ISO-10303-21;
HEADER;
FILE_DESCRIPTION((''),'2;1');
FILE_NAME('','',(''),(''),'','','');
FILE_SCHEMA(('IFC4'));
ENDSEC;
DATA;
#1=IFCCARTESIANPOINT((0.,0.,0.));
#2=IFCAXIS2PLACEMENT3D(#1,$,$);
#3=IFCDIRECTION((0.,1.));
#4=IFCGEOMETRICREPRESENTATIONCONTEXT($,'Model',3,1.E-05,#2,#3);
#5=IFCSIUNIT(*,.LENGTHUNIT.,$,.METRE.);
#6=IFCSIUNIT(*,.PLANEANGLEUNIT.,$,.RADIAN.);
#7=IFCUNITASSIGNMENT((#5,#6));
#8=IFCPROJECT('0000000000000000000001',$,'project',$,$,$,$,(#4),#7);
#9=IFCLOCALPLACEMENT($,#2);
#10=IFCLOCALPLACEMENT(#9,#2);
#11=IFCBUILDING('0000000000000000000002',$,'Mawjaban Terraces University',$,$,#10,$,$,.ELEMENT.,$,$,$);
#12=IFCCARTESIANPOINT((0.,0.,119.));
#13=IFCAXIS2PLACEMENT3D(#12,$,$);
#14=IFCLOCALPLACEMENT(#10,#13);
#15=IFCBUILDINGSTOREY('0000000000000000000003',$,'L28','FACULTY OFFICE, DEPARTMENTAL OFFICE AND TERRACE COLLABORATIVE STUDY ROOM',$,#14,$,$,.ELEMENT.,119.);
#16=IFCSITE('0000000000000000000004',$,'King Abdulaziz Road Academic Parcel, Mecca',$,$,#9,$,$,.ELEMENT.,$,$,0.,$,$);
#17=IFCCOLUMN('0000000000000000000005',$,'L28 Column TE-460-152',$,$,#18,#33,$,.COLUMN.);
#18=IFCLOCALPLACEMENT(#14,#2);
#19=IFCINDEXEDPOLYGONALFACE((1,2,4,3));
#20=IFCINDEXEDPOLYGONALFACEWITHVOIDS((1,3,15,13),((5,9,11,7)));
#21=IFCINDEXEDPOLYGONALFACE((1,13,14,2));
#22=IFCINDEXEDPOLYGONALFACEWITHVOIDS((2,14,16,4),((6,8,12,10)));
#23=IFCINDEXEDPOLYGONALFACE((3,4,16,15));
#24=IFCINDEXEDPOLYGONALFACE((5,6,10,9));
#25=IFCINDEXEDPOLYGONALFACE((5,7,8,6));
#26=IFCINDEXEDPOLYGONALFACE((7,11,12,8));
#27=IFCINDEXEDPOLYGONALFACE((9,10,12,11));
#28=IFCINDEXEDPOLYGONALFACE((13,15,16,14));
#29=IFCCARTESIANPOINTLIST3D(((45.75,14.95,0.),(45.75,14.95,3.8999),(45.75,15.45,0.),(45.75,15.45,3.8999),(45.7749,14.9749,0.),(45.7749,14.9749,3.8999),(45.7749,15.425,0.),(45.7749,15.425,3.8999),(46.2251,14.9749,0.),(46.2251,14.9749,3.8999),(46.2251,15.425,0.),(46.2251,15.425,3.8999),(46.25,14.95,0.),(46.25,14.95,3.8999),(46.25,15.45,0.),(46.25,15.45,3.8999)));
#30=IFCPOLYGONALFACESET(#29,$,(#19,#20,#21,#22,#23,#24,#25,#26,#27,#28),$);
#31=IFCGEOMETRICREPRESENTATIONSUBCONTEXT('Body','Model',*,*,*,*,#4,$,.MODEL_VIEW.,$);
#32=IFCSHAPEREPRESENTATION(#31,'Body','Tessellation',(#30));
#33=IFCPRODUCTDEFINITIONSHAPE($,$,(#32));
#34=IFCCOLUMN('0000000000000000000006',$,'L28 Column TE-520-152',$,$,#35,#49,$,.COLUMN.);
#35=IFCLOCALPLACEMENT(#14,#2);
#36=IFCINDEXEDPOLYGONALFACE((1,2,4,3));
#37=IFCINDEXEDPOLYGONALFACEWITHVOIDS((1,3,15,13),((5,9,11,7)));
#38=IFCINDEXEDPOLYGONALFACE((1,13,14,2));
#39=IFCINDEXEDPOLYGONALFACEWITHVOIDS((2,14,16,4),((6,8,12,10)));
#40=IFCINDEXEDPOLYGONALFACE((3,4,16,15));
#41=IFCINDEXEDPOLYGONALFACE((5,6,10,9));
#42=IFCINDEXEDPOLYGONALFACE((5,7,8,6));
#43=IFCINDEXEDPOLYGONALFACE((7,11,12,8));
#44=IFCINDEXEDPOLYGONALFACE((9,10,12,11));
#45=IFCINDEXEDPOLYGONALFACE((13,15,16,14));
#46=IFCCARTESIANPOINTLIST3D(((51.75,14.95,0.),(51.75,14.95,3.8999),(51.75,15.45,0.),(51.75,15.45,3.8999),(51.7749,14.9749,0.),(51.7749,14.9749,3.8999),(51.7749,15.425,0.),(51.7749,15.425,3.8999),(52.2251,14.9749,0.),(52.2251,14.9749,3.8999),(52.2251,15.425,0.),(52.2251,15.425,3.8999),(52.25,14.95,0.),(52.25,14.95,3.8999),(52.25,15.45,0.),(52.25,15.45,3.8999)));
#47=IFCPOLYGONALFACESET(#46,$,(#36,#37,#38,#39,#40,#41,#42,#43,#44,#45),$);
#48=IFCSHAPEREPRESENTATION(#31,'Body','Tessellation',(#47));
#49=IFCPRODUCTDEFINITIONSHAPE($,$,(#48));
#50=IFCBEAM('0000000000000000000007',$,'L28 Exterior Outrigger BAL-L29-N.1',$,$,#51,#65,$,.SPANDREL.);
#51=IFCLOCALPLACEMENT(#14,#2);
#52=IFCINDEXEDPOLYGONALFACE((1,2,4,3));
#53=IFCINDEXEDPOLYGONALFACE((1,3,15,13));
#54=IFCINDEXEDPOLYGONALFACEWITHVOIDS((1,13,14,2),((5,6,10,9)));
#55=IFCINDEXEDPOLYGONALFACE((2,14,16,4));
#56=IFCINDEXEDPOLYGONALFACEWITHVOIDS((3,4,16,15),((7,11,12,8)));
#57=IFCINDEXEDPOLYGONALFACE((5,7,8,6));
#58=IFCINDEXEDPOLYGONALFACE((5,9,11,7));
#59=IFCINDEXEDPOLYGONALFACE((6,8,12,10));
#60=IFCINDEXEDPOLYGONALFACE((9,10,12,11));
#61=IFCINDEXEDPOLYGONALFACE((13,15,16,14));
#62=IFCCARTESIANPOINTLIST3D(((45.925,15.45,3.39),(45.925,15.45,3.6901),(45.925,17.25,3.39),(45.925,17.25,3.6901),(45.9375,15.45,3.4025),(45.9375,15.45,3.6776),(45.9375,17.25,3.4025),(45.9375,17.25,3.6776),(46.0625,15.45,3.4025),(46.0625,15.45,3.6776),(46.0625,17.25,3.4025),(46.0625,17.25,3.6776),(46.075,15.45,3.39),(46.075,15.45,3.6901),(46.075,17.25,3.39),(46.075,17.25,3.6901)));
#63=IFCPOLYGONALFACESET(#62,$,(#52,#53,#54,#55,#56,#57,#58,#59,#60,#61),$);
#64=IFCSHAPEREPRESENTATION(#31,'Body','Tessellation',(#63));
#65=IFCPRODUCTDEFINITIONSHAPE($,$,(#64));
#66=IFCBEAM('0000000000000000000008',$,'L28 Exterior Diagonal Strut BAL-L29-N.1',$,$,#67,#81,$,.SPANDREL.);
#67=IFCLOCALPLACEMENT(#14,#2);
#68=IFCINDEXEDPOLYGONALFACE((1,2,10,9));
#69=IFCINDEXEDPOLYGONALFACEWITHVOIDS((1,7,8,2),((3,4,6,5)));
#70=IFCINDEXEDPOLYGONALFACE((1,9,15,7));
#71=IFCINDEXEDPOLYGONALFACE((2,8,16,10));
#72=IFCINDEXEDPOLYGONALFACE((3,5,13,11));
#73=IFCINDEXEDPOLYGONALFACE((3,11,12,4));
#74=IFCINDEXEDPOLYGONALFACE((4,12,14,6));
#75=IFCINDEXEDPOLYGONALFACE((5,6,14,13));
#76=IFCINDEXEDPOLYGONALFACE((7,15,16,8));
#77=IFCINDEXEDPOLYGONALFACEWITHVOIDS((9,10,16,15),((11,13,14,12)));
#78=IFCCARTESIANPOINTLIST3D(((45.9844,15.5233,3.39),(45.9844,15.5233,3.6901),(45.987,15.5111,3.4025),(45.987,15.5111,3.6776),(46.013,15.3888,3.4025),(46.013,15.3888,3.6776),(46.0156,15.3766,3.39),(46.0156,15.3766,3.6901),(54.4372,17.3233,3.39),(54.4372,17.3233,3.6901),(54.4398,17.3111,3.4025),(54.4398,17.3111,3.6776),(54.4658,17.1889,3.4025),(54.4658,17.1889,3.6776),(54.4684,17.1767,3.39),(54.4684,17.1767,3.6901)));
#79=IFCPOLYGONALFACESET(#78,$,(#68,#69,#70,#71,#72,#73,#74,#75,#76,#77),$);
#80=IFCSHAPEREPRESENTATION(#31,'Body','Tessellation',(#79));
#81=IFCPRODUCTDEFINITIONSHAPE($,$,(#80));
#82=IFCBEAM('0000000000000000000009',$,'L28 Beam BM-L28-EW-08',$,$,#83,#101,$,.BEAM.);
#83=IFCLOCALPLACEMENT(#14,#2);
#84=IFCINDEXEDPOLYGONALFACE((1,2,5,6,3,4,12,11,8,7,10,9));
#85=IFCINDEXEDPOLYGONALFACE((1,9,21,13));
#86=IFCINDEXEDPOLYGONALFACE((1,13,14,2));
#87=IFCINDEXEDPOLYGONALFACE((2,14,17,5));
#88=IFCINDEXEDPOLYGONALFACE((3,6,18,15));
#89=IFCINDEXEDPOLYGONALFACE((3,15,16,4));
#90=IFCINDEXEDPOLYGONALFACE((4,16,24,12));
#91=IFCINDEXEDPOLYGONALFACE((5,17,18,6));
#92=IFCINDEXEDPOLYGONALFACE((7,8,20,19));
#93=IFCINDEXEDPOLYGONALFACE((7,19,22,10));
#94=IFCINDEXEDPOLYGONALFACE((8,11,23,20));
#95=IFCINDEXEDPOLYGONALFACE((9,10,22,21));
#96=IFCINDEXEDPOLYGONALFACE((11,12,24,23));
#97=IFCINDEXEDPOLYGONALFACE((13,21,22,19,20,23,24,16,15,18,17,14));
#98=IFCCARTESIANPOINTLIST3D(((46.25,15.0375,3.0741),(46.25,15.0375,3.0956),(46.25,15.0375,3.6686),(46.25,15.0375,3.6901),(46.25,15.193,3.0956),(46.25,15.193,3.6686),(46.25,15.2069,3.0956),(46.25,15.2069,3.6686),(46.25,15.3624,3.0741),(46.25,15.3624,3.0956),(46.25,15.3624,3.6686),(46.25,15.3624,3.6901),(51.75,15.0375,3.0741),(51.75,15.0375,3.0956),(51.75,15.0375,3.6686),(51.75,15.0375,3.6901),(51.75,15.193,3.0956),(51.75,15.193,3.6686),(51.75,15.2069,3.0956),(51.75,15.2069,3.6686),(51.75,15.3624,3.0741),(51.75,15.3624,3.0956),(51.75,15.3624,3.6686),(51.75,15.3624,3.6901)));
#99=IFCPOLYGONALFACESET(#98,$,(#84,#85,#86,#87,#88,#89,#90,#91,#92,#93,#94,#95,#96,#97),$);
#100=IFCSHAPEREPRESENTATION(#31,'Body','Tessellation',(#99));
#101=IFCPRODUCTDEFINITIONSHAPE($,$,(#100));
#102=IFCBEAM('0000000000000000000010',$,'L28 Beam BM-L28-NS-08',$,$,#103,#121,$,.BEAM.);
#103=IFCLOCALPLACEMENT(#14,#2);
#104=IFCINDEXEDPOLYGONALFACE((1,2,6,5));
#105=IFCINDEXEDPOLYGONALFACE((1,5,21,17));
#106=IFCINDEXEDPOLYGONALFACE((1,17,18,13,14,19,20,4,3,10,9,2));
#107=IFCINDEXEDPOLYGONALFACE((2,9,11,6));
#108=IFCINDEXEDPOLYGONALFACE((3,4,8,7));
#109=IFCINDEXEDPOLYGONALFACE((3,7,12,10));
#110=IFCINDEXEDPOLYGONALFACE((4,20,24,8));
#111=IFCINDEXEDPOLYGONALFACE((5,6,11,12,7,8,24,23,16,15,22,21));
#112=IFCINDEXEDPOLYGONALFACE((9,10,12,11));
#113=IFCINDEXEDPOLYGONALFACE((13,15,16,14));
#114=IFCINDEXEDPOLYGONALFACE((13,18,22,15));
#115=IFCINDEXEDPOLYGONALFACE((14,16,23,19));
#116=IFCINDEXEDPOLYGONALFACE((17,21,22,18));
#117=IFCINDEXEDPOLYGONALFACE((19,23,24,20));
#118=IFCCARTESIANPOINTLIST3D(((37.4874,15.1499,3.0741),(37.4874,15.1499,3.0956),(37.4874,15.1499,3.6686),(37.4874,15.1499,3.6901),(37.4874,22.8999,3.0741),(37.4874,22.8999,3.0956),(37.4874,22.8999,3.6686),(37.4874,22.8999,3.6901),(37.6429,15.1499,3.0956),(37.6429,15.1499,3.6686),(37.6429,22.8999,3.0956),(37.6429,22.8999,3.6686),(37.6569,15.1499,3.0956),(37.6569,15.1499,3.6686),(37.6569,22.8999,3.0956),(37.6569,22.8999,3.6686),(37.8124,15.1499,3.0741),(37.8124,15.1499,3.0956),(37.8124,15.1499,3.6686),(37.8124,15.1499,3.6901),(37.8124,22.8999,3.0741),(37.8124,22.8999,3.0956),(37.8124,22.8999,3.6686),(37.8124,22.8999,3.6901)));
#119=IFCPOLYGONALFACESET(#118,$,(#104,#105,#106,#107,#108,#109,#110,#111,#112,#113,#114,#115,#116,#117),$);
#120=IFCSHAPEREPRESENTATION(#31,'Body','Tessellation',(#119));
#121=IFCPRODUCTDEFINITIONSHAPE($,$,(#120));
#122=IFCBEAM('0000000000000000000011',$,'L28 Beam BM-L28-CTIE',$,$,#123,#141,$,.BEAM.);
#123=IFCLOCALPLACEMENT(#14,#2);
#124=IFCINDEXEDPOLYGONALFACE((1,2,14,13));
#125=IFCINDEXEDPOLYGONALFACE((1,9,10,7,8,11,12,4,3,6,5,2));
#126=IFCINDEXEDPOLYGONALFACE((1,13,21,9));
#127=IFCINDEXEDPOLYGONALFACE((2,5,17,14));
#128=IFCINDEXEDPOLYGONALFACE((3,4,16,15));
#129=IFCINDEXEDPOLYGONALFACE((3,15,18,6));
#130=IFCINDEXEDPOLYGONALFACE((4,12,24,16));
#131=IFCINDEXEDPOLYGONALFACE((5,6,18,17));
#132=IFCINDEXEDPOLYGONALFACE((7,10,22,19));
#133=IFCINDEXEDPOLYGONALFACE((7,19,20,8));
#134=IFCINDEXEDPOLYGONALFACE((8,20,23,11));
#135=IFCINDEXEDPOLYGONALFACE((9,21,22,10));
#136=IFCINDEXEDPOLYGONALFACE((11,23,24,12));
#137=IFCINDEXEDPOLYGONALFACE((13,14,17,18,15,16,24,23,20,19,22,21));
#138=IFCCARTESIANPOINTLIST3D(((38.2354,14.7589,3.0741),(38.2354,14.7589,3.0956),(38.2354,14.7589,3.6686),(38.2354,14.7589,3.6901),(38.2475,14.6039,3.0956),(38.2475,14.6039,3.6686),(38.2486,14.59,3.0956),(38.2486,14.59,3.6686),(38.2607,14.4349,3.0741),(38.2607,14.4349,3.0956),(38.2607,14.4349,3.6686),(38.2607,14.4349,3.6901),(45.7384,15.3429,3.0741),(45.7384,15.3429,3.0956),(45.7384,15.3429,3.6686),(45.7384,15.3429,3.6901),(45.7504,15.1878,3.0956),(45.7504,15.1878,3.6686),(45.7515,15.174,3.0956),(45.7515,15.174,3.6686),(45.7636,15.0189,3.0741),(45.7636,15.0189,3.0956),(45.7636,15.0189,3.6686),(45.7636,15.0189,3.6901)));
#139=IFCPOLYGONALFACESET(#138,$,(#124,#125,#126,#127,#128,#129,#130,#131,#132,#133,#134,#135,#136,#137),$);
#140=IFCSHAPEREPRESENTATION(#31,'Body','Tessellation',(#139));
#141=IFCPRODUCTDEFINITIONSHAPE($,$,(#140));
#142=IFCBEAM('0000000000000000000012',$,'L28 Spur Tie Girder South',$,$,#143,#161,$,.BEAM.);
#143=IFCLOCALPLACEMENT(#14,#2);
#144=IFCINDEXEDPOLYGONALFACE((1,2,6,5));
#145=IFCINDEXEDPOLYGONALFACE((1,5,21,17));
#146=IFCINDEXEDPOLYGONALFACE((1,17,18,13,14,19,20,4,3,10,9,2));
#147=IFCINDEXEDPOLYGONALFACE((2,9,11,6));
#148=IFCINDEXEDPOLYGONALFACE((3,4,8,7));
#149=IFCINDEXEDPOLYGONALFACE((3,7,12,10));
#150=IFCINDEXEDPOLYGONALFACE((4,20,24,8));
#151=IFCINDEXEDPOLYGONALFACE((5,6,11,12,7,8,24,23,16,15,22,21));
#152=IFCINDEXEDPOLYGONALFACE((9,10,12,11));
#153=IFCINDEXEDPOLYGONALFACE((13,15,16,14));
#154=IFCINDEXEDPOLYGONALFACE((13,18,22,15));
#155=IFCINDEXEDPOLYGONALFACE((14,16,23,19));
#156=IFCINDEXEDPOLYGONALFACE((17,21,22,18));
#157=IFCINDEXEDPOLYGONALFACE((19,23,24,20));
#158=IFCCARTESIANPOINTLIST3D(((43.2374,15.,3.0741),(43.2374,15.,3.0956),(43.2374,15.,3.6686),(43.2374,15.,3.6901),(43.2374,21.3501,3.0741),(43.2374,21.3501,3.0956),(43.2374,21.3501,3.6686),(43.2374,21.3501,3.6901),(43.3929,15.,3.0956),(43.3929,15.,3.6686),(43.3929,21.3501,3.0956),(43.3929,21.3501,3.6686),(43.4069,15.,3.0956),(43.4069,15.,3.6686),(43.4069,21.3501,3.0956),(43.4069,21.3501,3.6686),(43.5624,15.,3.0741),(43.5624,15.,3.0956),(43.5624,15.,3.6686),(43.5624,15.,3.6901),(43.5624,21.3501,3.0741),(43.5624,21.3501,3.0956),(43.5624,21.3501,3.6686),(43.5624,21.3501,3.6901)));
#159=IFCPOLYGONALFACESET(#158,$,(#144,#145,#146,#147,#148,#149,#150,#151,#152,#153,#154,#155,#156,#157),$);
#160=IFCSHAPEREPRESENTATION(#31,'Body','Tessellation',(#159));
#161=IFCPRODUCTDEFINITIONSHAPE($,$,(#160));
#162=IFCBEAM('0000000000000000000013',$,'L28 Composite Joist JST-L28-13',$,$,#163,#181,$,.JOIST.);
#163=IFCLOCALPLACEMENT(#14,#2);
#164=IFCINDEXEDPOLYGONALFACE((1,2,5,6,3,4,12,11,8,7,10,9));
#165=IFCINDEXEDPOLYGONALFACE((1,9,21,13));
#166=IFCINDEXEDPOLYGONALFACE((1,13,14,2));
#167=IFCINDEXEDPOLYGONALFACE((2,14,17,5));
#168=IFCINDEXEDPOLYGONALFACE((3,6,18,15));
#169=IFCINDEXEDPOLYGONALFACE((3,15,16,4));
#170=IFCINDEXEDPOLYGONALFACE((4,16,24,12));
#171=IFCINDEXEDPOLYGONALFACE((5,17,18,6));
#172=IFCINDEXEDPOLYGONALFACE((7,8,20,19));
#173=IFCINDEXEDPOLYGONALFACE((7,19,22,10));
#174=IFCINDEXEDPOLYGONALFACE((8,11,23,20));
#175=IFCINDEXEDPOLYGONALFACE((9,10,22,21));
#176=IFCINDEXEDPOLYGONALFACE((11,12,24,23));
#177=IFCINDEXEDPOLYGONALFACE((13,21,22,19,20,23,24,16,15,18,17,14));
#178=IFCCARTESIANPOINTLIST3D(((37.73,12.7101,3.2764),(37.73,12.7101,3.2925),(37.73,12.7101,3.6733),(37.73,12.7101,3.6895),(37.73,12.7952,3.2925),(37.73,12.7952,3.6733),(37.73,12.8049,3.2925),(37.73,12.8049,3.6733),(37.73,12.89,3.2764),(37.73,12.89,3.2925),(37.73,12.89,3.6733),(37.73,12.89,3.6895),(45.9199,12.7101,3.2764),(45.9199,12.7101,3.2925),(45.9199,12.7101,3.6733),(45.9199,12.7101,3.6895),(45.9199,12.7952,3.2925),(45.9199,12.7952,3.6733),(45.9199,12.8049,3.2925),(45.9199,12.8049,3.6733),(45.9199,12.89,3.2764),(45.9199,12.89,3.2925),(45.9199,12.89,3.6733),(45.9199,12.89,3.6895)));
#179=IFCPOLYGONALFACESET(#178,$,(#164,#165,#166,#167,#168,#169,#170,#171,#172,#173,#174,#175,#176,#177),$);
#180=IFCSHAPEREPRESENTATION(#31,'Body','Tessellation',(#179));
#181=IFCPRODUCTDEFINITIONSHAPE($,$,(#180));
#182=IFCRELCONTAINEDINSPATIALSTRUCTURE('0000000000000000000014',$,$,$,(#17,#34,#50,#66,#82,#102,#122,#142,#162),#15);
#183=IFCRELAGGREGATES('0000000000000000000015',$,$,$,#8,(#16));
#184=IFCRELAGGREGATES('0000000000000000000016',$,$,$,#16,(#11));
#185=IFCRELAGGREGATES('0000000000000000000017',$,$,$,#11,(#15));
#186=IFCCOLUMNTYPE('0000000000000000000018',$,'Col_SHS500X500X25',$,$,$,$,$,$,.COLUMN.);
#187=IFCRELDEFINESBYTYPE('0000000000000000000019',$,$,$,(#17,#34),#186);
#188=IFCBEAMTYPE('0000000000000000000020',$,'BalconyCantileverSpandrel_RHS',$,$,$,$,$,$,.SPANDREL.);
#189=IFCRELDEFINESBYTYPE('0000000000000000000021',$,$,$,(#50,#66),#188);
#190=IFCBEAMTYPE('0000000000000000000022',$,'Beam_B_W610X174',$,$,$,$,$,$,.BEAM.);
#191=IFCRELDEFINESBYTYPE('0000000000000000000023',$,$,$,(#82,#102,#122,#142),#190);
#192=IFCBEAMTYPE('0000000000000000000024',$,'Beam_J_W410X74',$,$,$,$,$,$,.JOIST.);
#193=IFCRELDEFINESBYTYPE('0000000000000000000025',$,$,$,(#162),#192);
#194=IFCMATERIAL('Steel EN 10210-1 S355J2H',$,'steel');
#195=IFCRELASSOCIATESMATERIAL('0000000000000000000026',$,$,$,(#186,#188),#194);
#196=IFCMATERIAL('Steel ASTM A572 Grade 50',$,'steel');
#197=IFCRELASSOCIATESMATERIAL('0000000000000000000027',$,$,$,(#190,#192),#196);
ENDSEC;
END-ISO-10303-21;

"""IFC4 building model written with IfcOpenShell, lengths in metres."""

from ifc_helpers import new_model, si_unit, direction, frame, origin, origin_2d, place, context, subcontext, project, spatial, hollow_rectangle, i_section, extrude, material, material_profile, profile_set, type_object, element, save


model = new_model("IFC4")

# Units and contexts
model_context = context("Model", 3, precision=1e-05, world=origin(), true_north=direction((0.0, 1.0)))
body_context = subcontext(model_context, "Body", "Model", "MODEL_VIEW")
ifc_project = project(units=[si_unit("LENGTHUNIT", "METRE"), si_unit("PLANEANGLEUNIT", "RADIAN")], contexts=[model_context])

# Site, building, storey
site_placement = place(None, origin())
site = spatial("IfcSite", under=ifc_project, at=site_placement, Name="King Abdulaziz Road Academic Parcel, Mecca", CompositionType="ELEMENT", RefElevation=0.0)
building_placement = place(site_placement, origin())
building = spatial("IfcBuilding", under=site, at=building_placement, Name="Mawjaban Terraces University", CompositionType="ELEMENT")
storey_placement = place(building_placement, frame((0.0, 0.0, 119.0)))
storey = spatial("IfcBuildingStorey", under=building, at=storey_placement, Name="L28", Description="FACULTY OFFICE, DEPARTMENTAL OFFICE AND TERRACE COLLABORATIVE STUDY ROOM", CompositionType="ELEMENT", Elevation=119.0)

# Columns
ifc_material_1 = material(Name="Steel EN 10210-1 S355J2H", Category="steel")
ifc_material_profile_1 = material_profile(ifc_material_1, hollow_rectangle(XDim=0.5, YDim=0.5, WallThickness=0.0249, at=origin_2d()), Name="SHS500X500X25")
ifc_profile_set_1 = profile_set([ifc_material_profile_1], Name="Steel EN 10210-1 S355J2H")
column_type = type_object("IfcColumnType", Name="Col_SHS500X500X25", PredefinedType="COLUMN", material=ifc_profile_set_1)
for number, where, z_axis, x_axis, name in (
    (1, (46.0, 15.2, 0.0), (0.0, 0.0, 1.0), (1.0, 0.0, 0.0), "L28 Column TE-460-152"),
    (2, (52.0, 15.2, 0.0), (0.0, 0.0, 1.0), (1.0, 0.0, 0.0), "L28 Column TE-520-152"),
):
    element("IfcColumn", number, at=place(storey_placement, frame(where, z_axis=z_axis, x_axis=x_axis)), inside=storey, type_object=column_type, Name=name, PredefinedType="COLUMN", context=body_context, shape_type="SweptSolid", body=[
        extrude(hollow_rectangle(XDim=0.5, YDim=0.5, WallThickness=0.0249, at=origin_2d()), origin(), (0.0, 0.0, 1.0), 3.8999),
    ])

# Beams
ifc_material_profile_2 = material_profile(ifc_material_1, hollow_rectangle(XDim=0.1499, YDim=0.3, WallThickness=0.0125, at=origin_2d()), Name="RHS300X150X12.5")
ifc_profile_set_2 = profile_set([ifc_material_profile_2], Name="Steel EN 10210-1 S355J2H")
beam_type_1 = type_object("IfcBeamType", Name="BalconyCantileverSpandrel_RHS", PredefinedType="SPANDREL", material=ifc_profile_set_2)
beam_1_placement = place(storey_placement, frame((46.0, 15.45, 3.54), z_axis=(0.0, 1.0, 0.0), x_axis=(-1.0, 0.0, 0.0)))
element("IfcBeam", 3, at=beam_1_placement, inside=storey, type_object=beam_type_1, Name="L28 Exterior Outrigger BAL-L29-N.1", PredefinedType="SPANDREL", context=body_context, shape_type="SweptSolid", body=[
    extrude(hollow_rectangle(XDim=0.1499, YDim=0.3, WallThickness=0.0125, at=origin_2d()), origin(), (0.0, 0.0, 1.0), 1.8),
])
beam_2_placement = place(storey_placement, frame((46.0, 15.45, 3.54), z_axis=(0.978069, 0.208281, 0.0), x_axis=(-0.208281, 0.978069, 0.0)))
element("IfcBeam", 4, at=beam_2_placement, inside=storey, type_object=beam_type_1, Name="L28 Exterior Diagonal Strut BAL-L29-N.1", PredefinedType="SPANDREL", context=body_context, shape_type="SweptSolid", body=[
    extrude(hollow_rectangle(XDim=0.1499, YDim=0.3, WallThickness=0.0125, at=origin_2d()), origin(), (0.0, 0.0, 1.0), 8.6423),
])
ifc_material_2 = material(Name="Steel ASTM A572 Grade 50", Category="steel")
ifc_material_profile_3 = material_profile(ifc_material_2, i_section(OverallWidth=0.325, OverallDepth=0.616, WebThickness=0.0139, FlangeThickness=0.0215, at=origin_2d()), Name="W610X174")
ifc_profile_set_3 = profile_set([ifc_material_profile_3], Name="Steel ASTM A572 Grade 50")
beam_type_2 = type_object("IfcBeamType", Name="Beam_B_W610X174", PredefinedType="BEAM", material=ifc_profile_set_3)
beam_3_placement = place(storey_placement, frame((46.25, 15.2, 3.3821), z_axis=(1.0, 0.0, 0.0), x_axis=(0.0, 1.0, 0.0)))
element("IfcBeam", 5, at=beam_3_placement, inside=storey, type_object=beam_type_2, Name="L28 Beam BM-L28-EW-08", PredefinedType="BEAM", context=body_context, shape_type="SweptSolid", body=[
    extrude(i_section(OverallWidth=0.325, OverallDepth=0.616, WebThickness=0.0139, FlangeThickness=0.0215, at=origin_2d()), origin(), (0.0, 0.0, 1.0), 5.5),
])
beam_4_placement = place(storey_placement, frame((37.6499, 15.1499, 3.3821), z_axis=(0.0, 1.0, 0.0), x_axis=(-1.0, 0.0, 0.0)))
element("IfcBeam", 6, at=beam_4_placement, inside=storey, type_object=beam_type_2, Name="L28 Beam BM-L28-NS-08", PredefinedType="BEAM", context=body_context, shape_type="SweptSolid", body=[
    extrude(i_section(OverallWidth=0.325, OverallDepth=0.616, WebThickness=0.0139, FlangeThickness=0.0215, at=origin_2d()), origin(), (0.0, 0.0, 1.0), 7.75),
])
beam_5_placement = place(storey_placement, frame((38.248, 14.5969, 3.3821), z_axis=(0.996985, 0.077599, 0.0), x_axis=(-0.077599, 0.996985, 0.0)))
element("IfcBeam", 7, at=beam_5_placement, inside=storey, type_object=beam_type_2, Name="L28 Beam BM-L28-CTIE", PredefinedType="BEAM", context=body_context, shape_type="SweptSolid", body=[
    extrude(i_section(OverallWidth=0.325, OverallDepth=0.616, WebThickness=0.0139, FlangeThickness=0.0215, at=origin_2d()), origin(), (0.0, 0.0, 1.0), 7.5256),
])
beam_6_placement = place(storey_placement, frame((43.3999, 15.0, 3.3821), z_axis=(0.0, 1.0, 0.0), x_axis=(-1.0, 0.0, 0.0)))
element("IfcBeam", 8, at=beam_6_placement, inside=storey, type_object=beam_type_2, Name="L28 Spur Tie Girder South", PredefinedType="BEAM", context=body_context, shape_type="SweptSolid", body=[
    extrude(i_section(OverallWidth=0.325, OverallDepth=0.616, WebThickness=0.0139, FlangeThickness=0.0215, at=origin_2d()), origin(), (0.0, 0.0, 1.0), 6.3501),
])
ifc_material_profile_4 = material_profile(ifc_material_2, i_section(OverallWidth=0.1799, OverallDepth=0.4131, WebThickness=0.0098, FlangeThickness=0.0161, at=origin_2d()), Name="W410X74")
ifc_profile_set_4 = profile_set([ifc_material_profile_4], Name="Steel ASTM A572 Grade 50")
beam_type_3 = type_object("IfcBeamType", Name="Beam_J_W410X74", PredefinedType="JOIST", material=ifc_profile_set_4)
beam_7_placement = place(storey_placement, frame((37.73, 12.8, 3.4829), z_axis=(1.0, 0.0, 0.0), x_axis=(0.0, 1.0, 0.0)))
element("IfcBeam", 9, at=beam_7_placement, inside=storey, type_object=beam_type_3, Name="L28 Composite Joist JST-L28-13", PredefinedType="JOIST", context=body_context, shape_type="SweptSolid", body=[
    extrude(i_section(OverallWidth=0.1799, OverallDepth=0.4131, WebThickness=0.0098, FlangeThickness=0.0161, at=origin_2d()), origin(), (0.0, 0.0, 1.0), 8.1899),
])

save(model, "model.ifc")
